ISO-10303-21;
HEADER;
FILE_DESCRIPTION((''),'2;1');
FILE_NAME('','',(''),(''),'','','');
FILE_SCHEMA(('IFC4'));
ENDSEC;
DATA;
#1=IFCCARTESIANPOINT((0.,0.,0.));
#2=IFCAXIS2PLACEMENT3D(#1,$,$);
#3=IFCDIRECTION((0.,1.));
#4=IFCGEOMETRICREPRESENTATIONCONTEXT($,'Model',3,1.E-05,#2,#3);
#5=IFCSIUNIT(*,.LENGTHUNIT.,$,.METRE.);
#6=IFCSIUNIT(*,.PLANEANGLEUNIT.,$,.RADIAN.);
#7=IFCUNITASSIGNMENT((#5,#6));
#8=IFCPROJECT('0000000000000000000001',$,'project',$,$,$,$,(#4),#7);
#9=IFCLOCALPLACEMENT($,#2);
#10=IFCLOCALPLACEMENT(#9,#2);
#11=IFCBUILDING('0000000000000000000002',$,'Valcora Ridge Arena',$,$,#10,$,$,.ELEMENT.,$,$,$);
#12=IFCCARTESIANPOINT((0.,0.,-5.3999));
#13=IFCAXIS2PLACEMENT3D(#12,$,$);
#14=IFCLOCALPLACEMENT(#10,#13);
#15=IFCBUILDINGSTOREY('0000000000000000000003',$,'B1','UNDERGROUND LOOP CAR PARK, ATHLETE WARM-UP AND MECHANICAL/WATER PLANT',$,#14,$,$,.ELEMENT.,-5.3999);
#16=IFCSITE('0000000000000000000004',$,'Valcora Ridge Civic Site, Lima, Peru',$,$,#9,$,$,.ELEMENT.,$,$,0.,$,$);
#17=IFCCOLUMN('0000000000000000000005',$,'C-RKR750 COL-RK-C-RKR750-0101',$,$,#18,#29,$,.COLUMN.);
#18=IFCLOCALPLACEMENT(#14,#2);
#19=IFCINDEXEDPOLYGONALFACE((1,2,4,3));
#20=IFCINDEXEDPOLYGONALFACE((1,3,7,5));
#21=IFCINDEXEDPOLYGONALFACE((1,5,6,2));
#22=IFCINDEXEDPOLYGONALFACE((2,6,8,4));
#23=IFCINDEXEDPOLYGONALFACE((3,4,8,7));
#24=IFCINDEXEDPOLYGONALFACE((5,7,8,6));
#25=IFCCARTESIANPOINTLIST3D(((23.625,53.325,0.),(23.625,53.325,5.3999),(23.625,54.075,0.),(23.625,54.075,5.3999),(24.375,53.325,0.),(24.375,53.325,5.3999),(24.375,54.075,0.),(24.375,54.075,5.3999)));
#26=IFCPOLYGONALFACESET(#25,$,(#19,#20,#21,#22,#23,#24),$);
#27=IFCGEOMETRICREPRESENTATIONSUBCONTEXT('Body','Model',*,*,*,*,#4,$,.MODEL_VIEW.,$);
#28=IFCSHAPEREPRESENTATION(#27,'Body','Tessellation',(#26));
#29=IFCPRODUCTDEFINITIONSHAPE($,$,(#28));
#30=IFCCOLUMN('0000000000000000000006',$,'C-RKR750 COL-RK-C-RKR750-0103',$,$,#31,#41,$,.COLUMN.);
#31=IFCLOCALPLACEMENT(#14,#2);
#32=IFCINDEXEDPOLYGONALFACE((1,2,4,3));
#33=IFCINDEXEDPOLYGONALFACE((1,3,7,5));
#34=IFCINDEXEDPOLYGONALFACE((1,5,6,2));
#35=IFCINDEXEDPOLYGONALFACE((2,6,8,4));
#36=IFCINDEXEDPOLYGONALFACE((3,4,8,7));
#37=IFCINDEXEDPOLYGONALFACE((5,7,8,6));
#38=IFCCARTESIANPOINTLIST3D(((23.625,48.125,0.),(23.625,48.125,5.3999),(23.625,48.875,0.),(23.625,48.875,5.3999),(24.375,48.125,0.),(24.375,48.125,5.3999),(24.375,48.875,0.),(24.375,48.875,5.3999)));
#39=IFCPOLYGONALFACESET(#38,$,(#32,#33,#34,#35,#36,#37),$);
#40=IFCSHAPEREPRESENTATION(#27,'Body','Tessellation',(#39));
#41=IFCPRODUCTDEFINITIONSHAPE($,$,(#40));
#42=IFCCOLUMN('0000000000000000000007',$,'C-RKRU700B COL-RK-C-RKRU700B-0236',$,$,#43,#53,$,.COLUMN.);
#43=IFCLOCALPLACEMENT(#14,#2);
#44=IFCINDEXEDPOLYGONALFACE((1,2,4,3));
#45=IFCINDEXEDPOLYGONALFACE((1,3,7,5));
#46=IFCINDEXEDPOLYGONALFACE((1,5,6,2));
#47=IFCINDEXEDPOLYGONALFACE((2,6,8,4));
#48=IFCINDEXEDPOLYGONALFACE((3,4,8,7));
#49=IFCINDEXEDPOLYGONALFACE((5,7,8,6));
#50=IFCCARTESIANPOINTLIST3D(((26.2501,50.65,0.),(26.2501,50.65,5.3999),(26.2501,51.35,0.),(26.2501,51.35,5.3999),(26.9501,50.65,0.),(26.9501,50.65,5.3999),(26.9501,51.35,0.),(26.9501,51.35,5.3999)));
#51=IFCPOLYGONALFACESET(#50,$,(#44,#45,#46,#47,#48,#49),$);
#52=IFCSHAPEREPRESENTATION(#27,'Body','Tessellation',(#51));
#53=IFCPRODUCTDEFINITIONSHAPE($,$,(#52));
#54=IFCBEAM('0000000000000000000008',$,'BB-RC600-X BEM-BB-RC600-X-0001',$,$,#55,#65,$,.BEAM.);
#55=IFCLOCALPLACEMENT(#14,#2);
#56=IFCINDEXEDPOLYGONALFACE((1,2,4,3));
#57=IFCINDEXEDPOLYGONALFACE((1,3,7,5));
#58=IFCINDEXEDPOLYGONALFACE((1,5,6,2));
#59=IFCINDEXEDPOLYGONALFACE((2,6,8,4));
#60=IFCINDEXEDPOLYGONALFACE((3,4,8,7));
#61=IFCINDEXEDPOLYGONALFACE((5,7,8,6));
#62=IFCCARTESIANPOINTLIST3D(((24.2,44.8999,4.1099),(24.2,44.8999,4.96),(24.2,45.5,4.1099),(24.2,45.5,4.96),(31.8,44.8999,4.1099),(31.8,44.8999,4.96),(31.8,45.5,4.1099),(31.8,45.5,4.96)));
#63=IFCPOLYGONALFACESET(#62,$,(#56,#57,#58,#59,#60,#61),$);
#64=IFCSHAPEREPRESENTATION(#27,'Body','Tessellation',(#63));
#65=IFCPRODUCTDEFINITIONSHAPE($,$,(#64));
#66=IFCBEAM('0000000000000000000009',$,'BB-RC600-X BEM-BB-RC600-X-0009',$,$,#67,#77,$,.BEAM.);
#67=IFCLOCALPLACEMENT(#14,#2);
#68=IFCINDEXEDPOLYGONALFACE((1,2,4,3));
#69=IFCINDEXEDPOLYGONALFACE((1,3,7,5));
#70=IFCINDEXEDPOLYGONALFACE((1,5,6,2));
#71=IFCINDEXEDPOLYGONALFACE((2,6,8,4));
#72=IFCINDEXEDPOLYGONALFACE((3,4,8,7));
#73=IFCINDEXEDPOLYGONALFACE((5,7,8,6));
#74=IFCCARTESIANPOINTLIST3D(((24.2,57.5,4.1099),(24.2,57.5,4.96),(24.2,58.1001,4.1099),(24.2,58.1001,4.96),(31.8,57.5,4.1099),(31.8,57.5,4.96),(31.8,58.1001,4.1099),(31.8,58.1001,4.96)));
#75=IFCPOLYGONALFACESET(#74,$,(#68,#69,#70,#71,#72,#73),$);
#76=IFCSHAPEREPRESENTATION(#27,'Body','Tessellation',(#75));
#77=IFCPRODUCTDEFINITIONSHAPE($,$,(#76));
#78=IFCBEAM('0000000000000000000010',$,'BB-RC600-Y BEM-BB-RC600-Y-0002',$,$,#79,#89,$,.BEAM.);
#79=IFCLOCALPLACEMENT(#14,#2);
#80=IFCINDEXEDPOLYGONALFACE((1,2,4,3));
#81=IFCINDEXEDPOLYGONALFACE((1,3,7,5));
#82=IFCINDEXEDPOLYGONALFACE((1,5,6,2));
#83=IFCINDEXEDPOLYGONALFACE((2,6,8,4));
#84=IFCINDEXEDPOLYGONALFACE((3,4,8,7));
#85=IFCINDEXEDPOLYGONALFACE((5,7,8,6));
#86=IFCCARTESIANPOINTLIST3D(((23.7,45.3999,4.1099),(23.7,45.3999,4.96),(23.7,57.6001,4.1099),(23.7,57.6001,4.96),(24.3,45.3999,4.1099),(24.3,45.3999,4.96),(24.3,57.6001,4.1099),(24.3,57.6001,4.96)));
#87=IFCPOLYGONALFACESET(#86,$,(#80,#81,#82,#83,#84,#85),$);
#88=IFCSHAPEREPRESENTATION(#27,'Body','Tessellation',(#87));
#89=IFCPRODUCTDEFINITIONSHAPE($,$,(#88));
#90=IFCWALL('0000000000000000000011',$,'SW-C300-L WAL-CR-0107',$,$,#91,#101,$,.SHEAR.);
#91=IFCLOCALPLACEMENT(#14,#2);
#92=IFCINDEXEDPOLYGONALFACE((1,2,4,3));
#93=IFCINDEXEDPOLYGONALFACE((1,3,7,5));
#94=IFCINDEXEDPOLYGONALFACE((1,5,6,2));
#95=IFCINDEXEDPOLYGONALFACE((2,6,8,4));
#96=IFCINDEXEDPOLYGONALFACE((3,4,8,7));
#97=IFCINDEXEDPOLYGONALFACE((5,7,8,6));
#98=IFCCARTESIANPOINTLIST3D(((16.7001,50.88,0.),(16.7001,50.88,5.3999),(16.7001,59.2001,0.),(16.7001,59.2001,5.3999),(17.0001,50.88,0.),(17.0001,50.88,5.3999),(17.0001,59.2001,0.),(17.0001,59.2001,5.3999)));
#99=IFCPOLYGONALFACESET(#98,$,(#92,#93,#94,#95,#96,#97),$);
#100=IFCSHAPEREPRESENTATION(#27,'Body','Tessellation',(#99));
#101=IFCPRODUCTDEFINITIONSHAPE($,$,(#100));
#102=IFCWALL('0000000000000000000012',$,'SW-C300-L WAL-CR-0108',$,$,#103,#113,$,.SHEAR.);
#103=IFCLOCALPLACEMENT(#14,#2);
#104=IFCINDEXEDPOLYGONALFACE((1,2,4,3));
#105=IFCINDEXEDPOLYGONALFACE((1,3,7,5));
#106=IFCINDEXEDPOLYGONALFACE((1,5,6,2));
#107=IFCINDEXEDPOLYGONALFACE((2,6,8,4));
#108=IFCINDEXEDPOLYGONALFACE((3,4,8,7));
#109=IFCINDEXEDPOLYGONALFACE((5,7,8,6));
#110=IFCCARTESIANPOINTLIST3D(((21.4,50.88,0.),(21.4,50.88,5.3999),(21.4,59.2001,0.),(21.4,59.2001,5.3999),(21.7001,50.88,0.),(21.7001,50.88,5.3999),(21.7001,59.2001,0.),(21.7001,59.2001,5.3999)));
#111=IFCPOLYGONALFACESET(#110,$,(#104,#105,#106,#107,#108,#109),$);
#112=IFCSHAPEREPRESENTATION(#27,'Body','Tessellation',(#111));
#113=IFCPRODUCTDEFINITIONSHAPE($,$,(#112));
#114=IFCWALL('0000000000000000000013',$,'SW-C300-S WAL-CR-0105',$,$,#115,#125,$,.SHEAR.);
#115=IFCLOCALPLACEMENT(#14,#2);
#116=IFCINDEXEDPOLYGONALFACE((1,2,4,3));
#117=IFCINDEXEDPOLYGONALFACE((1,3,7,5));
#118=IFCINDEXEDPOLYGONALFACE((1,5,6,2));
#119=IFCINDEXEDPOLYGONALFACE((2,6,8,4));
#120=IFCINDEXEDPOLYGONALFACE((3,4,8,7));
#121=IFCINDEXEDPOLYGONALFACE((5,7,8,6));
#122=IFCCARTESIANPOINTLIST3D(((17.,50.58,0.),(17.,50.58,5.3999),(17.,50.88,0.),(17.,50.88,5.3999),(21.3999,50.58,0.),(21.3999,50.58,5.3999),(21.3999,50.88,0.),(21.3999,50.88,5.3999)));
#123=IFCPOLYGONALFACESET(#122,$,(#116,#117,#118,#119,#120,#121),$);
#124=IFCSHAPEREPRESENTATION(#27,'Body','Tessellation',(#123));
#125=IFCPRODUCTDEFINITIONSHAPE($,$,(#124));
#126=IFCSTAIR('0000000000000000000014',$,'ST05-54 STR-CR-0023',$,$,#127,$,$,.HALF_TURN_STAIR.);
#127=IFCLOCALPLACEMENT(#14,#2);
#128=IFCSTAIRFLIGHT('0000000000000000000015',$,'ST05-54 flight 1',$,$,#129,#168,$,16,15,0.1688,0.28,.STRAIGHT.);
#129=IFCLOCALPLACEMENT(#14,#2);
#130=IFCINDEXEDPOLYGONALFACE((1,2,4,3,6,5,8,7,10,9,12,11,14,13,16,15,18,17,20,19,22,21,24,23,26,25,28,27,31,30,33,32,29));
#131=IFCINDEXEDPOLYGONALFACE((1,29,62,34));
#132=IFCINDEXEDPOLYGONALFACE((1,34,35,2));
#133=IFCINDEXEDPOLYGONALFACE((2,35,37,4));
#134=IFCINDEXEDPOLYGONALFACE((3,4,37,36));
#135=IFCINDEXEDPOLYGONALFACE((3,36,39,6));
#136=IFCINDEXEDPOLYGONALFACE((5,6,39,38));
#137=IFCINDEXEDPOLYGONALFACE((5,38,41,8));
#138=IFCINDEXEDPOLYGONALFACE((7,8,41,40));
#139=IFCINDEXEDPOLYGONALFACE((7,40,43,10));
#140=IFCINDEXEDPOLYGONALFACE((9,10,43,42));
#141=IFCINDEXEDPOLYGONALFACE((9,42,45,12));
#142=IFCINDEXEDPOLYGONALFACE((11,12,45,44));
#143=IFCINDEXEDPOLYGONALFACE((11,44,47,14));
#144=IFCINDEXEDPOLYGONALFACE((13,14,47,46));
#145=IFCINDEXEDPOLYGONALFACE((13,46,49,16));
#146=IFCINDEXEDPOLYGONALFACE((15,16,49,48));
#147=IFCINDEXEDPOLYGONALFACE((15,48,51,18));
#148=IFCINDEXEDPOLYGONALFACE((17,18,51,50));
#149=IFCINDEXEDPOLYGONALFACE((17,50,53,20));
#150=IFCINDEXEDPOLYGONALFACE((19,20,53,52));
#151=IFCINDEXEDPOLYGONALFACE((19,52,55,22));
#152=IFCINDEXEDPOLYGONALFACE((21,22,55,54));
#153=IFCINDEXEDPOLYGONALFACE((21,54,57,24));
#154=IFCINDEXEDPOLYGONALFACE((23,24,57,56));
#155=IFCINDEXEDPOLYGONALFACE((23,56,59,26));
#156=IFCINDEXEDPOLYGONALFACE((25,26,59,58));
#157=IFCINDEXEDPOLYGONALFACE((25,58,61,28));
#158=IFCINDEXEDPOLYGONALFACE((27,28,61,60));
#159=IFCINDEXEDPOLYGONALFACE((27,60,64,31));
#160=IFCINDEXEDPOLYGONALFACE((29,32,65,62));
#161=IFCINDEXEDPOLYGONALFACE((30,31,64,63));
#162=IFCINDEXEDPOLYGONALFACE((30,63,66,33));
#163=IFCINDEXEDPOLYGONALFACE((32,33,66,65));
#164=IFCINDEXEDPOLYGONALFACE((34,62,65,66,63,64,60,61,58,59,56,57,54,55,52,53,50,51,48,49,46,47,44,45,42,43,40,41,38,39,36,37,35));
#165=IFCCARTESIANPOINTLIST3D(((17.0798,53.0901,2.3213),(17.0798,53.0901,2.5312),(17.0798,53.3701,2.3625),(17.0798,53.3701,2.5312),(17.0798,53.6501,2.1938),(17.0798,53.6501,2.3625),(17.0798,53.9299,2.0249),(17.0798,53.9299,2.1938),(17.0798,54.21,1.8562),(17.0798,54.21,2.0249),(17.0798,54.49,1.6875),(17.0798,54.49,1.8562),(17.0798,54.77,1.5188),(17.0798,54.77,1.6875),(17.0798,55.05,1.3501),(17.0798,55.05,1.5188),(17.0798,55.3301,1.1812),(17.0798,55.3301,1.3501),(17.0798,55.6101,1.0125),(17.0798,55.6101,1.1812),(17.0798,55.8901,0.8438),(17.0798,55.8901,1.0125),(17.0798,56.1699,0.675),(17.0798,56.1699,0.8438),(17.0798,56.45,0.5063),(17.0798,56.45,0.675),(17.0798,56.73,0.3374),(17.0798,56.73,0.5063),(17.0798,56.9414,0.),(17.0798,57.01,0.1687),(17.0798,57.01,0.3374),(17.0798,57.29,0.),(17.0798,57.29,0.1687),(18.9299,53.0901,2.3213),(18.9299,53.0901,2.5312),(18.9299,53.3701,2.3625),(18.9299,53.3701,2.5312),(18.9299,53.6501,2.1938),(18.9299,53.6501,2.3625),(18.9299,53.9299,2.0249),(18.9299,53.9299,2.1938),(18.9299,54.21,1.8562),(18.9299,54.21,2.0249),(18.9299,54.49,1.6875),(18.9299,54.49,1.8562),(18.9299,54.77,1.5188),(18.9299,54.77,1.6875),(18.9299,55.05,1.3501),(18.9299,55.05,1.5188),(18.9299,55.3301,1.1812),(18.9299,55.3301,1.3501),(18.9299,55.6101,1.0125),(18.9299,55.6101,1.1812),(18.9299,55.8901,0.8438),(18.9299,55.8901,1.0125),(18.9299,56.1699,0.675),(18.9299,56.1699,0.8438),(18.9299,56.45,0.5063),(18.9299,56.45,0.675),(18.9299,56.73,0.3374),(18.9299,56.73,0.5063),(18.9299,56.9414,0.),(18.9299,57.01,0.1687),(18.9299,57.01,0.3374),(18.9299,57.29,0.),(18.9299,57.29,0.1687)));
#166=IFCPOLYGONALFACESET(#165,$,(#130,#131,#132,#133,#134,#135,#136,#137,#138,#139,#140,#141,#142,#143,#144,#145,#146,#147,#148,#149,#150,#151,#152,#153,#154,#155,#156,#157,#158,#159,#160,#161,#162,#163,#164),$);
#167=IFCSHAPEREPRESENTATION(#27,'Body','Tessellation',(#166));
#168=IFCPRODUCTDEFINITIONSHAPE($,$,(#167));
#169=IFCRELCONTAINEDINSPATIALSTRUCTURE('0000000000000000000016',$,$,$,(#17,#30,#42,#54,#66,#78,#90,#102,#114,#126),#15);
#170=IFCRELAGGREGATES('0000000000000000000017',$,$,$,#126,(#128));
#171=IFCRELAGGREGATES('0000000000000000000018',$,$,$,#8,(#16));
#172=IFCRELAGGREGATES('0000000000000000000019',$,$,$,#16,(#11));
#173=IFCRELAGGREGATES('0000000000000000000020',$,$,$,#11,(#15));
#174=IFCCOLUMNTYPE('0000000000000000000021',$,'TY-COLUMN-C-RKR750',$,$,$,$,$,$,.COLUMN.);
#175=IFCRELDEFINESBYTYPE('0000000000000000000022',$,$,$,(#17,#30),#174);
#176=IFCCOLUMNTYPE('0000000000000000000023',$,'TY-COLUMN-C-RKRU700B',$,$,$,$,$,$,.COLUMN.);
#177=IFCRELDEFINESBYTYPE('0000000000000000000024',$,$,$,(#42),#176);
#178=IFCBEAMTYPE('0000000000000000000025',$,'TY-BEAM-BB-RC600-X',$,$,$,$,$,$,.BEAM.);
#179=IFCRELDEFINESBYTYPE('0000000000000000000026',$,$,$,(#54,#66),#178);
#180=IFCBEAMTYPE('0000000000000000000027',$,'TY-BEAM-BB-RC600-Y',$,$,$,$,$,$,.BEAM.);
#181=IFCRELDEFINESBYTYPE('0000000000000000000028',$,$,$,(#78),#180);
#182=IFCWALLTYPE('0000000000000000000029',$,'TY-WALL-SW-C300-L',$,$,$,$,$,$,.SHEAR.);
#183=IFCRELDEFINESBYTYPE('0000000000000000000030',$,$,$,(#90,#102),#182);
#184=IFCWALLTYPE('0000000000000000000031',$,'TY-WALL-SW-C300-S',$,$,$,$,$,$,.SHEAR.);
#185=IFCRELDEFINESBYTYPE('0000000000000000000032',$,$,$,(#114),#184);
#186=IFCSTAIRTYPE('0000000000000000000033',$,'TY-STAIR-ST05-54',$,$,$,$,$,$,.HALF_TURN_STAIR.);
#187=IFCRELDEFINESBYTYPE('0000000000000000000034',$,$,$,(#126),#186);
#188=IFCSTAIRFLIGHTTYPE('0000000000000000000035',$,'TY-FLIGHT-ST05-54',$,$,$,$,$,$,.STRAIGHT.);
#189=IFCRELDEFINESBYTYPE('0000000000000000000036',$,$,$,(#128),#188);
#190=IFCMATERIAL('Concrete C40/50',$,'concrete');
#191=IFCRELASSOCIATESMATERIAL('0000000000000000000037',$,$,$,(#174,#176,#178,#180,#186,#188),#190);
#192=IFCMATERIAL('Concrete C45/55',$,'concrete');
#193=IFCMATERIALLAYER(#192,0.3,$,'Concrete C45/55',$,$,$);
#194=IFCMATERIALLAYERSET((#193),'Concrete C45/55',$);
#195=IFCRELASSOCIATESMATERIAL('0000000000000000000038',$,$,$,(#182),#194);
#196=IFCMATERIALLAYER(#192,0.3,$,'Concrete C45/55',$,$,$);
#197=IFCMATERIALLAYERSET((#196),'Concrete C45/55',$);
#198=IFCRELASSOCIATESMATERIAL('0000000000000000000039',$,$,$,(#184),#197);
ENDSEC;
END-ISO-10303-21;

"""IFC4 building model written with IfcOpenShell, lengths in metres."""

from ifc_helpers import new_model, si_unit, direction, frame, frame_2d, origin, origin_2d, place, context, subcontext, project, spatial, polyline, rectangle, outline, extrude, material, layer, layer_set, material_profile, profile_set, type_object, element, aggregate, save


model = new_model("IFC4")

# Units and contexts
model_context = context("Model", 3, precision=1e-05, world=origin(), true_north=direction((0.0, 1.0)))
body_context = subcontext(model_context, "Body", "Model", "MODEL_VIEW")
ifc_project = project(units=[si_unit("LENGTHUNIT", "METRE"), si_unit("PLANEANGLEUNIT", "RADIAN")], contexts=[model_context])

# Site, building, storey
site_placement = place(None, origin())
site = spatial("IfcSite", under=ifc_project, at=site_placement, Name="Valcora Ridge Civic Site, Lima, Peru", CompositionType="ELEMENT", RefElevation=0.0)
building_placement = place(site_placement, origin())
building = spatial("IfcBuilding", under=site, at=building_placement, Name="Valcora Ridge Arena", CompositionType="ELEMENT")
storey_placement = place(building_placement, frame((0.0, 0.0, -5.3999)))
storey = spatial("IfcBuildingStorey", under=building, at=storey_placement, Name="B1", Description="UNDERGROUND LOOP CAR PARK, ATHLETE WARM-UP AND MECHANICAL/WATER PLANT", CompositionType="ELEMENT", Elevation=-5.3999)

# Shared definitions
ifc_material_1 = material(Name="Concrete C40/50", Category="concrete")

# Columns
ifc_material_profile_1 = material_profile(ifc_material_1, rectangle(XDim=0.75, YDim=0.75, at=origin_2d()), Name="RC 750x750")
ifc_profile_set_1 = profile_set([ifc_material_profile_1], Name="Concrete C40/50")
column_type_1 = type_object("IfcColumnType", Name="TY-COLUMN-C-RKR750", PredefinedType="COLUMN", material=ifc_profile_set_1)
for number, where, z_axis, x_axis, name in (
    (1, (24.0, 53.7, 0.0), (0.0, 0.0, 1.0), (1.0, 0.0, 0.0), "C-RKR750 COL-RK-C-RKR750-0101"),
    (2, (24.0, 48.5, 0.0), (0.0, 0.0, 1.0), (1.0, 0.0, 0.0), "C-RKR750 COL-RK-C-RKR750-0103"),
):
    element("IfcColumn", number, at=place(storey_placement, frame(where, z_axis=z_axis, x_axis=x_axis)), inside=storey, type_object=column_type_1, Name=name, PredefinedType="COLUMN", context=body_context, shape_type="SweptSolid", body=[
        extrude(rectangle(XDim=0.75, YDim=0.75, at=origin_2d()), origin(), (0.0, 0.0, 1.0), 5.3999),
    ])
ifc_material_profile_2 = material_profile(ifc_material_1, rectangle(XDim=0.7, YDim=0.7, at=origin_2d()), Name="RC 700x700")
ifc_profile_set_2 = profile_set([ifc_material_profile_2], Name="Concrete C40/50")
column_type_2 = type_object("IfcColumnType", Name="TY-COLUMN-C-RKRU700B", PredefinedType="COLUMN", material=ifc_profile_set_2)
column_1_placement = place(storey_placement, frame((26.6001, 51.0, 0.0), z_axis=(0.0, 0.0, 1.0), x_axis=(1.0, 0.0, 0.0)))
element("IfcColumn", 3, at=column_1_placement, inside=storey, type_object=column_type_2, Name="C-RKRU700B COL-RK-C-RKRU700B-0236", PredefinedType="COLUMN", context=body_context, shape_type="SweptSolid", body=[
    extrude(rectangle(XDim=0.7, YDim=0.7, at=origin_2d()), origin(), (0.0, 0.0, 1.0), 5.3999),
])

# Beams
ifc_material_profile_3 = material_profile(ifc_material_1, rectangle(XDim=0.6001, YDim=0.8501, at=origin_2d()), Name="RC 600x850")
ifc_profile_set_3 = profile_set([ifc_material_profile_3], Name="Concrete C40/50")
beam_type_1 = type_object("IfcBeamType", Name="TY-BEAM-BB-RC600-X", PredefinedType="BEAM", material=ifc_profile_set_3)
for number, where, z_axis, x_axis, name in (
    (4, (24.2, 45.2, 4.5349), (1.0, 0.0, 0.0), (0.0, 1.0, 0.0), "BB-RC600-X BEM-BB-RC600-X-0001"),
    (5, (24.2, 57.8, 4.5349), (1.0, 0.0, 0.0), (0.0, 1.0, 0.0), "BB-RC600-X BEM-BB-RC600-X-0009"),
):
    element("IfcBeam", number, at=place(storey_placement, frame(where, z_axis=z_axis, x_axis=x_axis)), inside=storey, type_object=beam_type_1, Name=name, PredefinedType="BEAM", context=body_context, shape_type="SweptSolid", body=[
        extrude(rectangle(XDim=0.6001, YDim=0.8501, at=origin_2d()), origin(), (0.0, 0.0, 1.0), 7.6001),
    ])
ifc_material_profile_4 = material_profile(ifc_material_1, rectangle(XDim=0.6001, YDim=0.8501, at=origin_2d()), Name="RC 600x850")
ifc_profile_set_4 = profile_set([ifc_material_profile_4], Name="Concrete C40/50")
beam_type_2 = type_object("IfcBeamType", Name="TY-BEAM-BB-RC600-Y", PredefinedType="BEAM", material=ifc_profile_set_4)
beam_placement = place(storey_placement, frame((24.0, 45.3999, 4.5349), z_axis=(0.0, 1.0, 0.0), x_axis=(-1.0, 0.0, 0.0)))
element("IfcBeam", 6, at=beam_placement, inside=storey, type_object=beam_type_2, Name="BB-RC600-Y BEM-BB-RC600-Y-0002", PredefinedType="BEAM", context=body_context, shape_type="SweptSolid", body=[
    extrude(rectangle(XDim=0.6001, YDim=0.8501, at=origin_2d()), origin(), (0.0, 0.0, 1.0), 12.2002),
])

# Walls
ifc_material_2 = material(Name="Concrete C45/55", Category="concrete")
ifc_layer_1 = layer(ifc_material_2, 0.3, Name="Concrete C45/55")
ifc_layer_set_1 = layer_set([ifc_layer_1], Name="Concrete C45/55")
wall_type_1 = type_object("IfcWallType", Name="TY-WALL-SW-C300-L", PredefinedType="SHEAR", material=ifc_layer_set_1)
for number, where, z_axis, x_axis, name in (
    (7, (16.8501, 50.8799, 0.0), (0.0, 0.0, 1.0), (0.0, 1.0, 0.0), "SW-C300-L WAL-CR-0107"),
    (8, (21.55, 50.8799, 0.0), (0.0, 0.0, 1.0), (0.0, 1.0, 0.0), "SW-C300-L WAL-CR-0108"),
):
    element("IfcWall", number, at=place(storey_placement, frame(where, z_axis=z_axis, x_axis=x_axis)), inside=storey, type_object=wall_type_1, Name=name, PredefinedType="SHEAR", context=body_context, shape_type="SweptSolid", body=[
        extrude(rectangle(XDim=8.3201, YDim=0.3, at=frame_2d((4.1602, 0.0))), origin(), (0.0, 0.0, 1.0), 5.3999),
    ])
ifc_layer_2 = layer(ifc_material_2, 0.3, Name="Concrete C45/55")
ifc_layer_set_2 = layer_set([ifc_layer_2], Name="Concrete C45/55")
wall_type_2 = type_object("IfcWallType", Name="TY-WALL-SW-C300-S", PredefinedType="SHEAR", material=ifc_layer_set_2)
wall_placement = place(storey_placement, frame((17.0, 50.73, 0.0), z_axis=(0.0, 0.0, 1.0), x_axis=(1.0, 0.0, 0.0)))
element("IfcWall", 9, at=wall_placement, inside=storey, type_object=wall_type_2, Name="SW-C300-S WAL-CR-0105", PredefinedType="SHEAR", context=body_context, shape_type="SweptSolid", body=[
    extrude(rectangle(XDim=4.3999, YDim=0.3, at=frame_2d((2.2, 0.0))), origin(), (0.0, 0.0, 1.0), 5.3999),
])

# Stair, stair flight
stair_type = type_object("IfcStairType", Name="TY-STAIR-ST05-54", PredefinedType="HALF_TURN_STAIR", material=ifc_material_1)
stair_placement = place(storey_placement, origin())
stair = element("IfcStair", 10, at=stair_placement, inside=storey, type_object=stair_type, Name="ST05-54 STR-CR-0023", PredefinedType="HALF_TURN_STAIR")
stair_flight_type = type_object("IfcStairFlightType", Name="TY-FLIGHT-ST05-54", PredefinedType="STRAIGHT", material=ifc_material_1)
stair_flight_1_placement = place(storey_placement, frame((18.0049, 57.29, 0.0), z_axis=(0.0, 0.0, 1.0), x_axis=(0.0, -1.0, 0.0)))
stair_flight_1 = element("IfcStairFlight", 11, at=stair_flight_1_placement, type_object=stair_flight_type, Name="ST05-54 flight 1", NumberOfRisers=16, NumberOfTreads=15, PredefinedType="STRAIGHT", RiserHeight=0.1688, TreadLength=0.28, context=body_context, shape_type="SweptSolid", body=[
    extrude(outline(polyline([(0.0, 0.0), (0.0, 0.1687), (0.28, 0.1687), (0.28, 0.3374), (0.5601, 0.3374), (0.5601, 0.5063), (0.8401, 0.5063), (0.8401, 0.675), (1.1201, 0.675), (1.1201, 0.8438), (1.3999, 0.8438), (1.3999, 1.0125), (1.6799, 1.0125), (1.6799, 1.1812), (1.96, 1.1812), (1.96, 1.3501), (2.24, 1.3501), (2.24, 1.5188), (2.52, 1.5188), (2.52, 1.6875), (2.8, 1.6875), (2.8, 1.8562), (3.0801, 1.8562), (3.0801, 2.0249), (3.3601, 2.0249), (3.3601, 2.1938), (3.6399, 2.1938), (3.6399, 2.3625), (3.9199, 2.3625), (3.9199, 2.5312), (4.2, 2.5312), (4.2, 2.7), (4.2, 2.3213), (0.3486, 0.0), (0.0, 0.0)])), frame((0.0, 0.925, 0.0), z_axis=(0.0, -1.0, 0.0), x_axis=(1.0, 0.0, 0.0)), (0.0, 0.0, 1.0), 1.8501),
])
aggregate(stair, [stair_flight_1])

save(model, "model.ifc")
